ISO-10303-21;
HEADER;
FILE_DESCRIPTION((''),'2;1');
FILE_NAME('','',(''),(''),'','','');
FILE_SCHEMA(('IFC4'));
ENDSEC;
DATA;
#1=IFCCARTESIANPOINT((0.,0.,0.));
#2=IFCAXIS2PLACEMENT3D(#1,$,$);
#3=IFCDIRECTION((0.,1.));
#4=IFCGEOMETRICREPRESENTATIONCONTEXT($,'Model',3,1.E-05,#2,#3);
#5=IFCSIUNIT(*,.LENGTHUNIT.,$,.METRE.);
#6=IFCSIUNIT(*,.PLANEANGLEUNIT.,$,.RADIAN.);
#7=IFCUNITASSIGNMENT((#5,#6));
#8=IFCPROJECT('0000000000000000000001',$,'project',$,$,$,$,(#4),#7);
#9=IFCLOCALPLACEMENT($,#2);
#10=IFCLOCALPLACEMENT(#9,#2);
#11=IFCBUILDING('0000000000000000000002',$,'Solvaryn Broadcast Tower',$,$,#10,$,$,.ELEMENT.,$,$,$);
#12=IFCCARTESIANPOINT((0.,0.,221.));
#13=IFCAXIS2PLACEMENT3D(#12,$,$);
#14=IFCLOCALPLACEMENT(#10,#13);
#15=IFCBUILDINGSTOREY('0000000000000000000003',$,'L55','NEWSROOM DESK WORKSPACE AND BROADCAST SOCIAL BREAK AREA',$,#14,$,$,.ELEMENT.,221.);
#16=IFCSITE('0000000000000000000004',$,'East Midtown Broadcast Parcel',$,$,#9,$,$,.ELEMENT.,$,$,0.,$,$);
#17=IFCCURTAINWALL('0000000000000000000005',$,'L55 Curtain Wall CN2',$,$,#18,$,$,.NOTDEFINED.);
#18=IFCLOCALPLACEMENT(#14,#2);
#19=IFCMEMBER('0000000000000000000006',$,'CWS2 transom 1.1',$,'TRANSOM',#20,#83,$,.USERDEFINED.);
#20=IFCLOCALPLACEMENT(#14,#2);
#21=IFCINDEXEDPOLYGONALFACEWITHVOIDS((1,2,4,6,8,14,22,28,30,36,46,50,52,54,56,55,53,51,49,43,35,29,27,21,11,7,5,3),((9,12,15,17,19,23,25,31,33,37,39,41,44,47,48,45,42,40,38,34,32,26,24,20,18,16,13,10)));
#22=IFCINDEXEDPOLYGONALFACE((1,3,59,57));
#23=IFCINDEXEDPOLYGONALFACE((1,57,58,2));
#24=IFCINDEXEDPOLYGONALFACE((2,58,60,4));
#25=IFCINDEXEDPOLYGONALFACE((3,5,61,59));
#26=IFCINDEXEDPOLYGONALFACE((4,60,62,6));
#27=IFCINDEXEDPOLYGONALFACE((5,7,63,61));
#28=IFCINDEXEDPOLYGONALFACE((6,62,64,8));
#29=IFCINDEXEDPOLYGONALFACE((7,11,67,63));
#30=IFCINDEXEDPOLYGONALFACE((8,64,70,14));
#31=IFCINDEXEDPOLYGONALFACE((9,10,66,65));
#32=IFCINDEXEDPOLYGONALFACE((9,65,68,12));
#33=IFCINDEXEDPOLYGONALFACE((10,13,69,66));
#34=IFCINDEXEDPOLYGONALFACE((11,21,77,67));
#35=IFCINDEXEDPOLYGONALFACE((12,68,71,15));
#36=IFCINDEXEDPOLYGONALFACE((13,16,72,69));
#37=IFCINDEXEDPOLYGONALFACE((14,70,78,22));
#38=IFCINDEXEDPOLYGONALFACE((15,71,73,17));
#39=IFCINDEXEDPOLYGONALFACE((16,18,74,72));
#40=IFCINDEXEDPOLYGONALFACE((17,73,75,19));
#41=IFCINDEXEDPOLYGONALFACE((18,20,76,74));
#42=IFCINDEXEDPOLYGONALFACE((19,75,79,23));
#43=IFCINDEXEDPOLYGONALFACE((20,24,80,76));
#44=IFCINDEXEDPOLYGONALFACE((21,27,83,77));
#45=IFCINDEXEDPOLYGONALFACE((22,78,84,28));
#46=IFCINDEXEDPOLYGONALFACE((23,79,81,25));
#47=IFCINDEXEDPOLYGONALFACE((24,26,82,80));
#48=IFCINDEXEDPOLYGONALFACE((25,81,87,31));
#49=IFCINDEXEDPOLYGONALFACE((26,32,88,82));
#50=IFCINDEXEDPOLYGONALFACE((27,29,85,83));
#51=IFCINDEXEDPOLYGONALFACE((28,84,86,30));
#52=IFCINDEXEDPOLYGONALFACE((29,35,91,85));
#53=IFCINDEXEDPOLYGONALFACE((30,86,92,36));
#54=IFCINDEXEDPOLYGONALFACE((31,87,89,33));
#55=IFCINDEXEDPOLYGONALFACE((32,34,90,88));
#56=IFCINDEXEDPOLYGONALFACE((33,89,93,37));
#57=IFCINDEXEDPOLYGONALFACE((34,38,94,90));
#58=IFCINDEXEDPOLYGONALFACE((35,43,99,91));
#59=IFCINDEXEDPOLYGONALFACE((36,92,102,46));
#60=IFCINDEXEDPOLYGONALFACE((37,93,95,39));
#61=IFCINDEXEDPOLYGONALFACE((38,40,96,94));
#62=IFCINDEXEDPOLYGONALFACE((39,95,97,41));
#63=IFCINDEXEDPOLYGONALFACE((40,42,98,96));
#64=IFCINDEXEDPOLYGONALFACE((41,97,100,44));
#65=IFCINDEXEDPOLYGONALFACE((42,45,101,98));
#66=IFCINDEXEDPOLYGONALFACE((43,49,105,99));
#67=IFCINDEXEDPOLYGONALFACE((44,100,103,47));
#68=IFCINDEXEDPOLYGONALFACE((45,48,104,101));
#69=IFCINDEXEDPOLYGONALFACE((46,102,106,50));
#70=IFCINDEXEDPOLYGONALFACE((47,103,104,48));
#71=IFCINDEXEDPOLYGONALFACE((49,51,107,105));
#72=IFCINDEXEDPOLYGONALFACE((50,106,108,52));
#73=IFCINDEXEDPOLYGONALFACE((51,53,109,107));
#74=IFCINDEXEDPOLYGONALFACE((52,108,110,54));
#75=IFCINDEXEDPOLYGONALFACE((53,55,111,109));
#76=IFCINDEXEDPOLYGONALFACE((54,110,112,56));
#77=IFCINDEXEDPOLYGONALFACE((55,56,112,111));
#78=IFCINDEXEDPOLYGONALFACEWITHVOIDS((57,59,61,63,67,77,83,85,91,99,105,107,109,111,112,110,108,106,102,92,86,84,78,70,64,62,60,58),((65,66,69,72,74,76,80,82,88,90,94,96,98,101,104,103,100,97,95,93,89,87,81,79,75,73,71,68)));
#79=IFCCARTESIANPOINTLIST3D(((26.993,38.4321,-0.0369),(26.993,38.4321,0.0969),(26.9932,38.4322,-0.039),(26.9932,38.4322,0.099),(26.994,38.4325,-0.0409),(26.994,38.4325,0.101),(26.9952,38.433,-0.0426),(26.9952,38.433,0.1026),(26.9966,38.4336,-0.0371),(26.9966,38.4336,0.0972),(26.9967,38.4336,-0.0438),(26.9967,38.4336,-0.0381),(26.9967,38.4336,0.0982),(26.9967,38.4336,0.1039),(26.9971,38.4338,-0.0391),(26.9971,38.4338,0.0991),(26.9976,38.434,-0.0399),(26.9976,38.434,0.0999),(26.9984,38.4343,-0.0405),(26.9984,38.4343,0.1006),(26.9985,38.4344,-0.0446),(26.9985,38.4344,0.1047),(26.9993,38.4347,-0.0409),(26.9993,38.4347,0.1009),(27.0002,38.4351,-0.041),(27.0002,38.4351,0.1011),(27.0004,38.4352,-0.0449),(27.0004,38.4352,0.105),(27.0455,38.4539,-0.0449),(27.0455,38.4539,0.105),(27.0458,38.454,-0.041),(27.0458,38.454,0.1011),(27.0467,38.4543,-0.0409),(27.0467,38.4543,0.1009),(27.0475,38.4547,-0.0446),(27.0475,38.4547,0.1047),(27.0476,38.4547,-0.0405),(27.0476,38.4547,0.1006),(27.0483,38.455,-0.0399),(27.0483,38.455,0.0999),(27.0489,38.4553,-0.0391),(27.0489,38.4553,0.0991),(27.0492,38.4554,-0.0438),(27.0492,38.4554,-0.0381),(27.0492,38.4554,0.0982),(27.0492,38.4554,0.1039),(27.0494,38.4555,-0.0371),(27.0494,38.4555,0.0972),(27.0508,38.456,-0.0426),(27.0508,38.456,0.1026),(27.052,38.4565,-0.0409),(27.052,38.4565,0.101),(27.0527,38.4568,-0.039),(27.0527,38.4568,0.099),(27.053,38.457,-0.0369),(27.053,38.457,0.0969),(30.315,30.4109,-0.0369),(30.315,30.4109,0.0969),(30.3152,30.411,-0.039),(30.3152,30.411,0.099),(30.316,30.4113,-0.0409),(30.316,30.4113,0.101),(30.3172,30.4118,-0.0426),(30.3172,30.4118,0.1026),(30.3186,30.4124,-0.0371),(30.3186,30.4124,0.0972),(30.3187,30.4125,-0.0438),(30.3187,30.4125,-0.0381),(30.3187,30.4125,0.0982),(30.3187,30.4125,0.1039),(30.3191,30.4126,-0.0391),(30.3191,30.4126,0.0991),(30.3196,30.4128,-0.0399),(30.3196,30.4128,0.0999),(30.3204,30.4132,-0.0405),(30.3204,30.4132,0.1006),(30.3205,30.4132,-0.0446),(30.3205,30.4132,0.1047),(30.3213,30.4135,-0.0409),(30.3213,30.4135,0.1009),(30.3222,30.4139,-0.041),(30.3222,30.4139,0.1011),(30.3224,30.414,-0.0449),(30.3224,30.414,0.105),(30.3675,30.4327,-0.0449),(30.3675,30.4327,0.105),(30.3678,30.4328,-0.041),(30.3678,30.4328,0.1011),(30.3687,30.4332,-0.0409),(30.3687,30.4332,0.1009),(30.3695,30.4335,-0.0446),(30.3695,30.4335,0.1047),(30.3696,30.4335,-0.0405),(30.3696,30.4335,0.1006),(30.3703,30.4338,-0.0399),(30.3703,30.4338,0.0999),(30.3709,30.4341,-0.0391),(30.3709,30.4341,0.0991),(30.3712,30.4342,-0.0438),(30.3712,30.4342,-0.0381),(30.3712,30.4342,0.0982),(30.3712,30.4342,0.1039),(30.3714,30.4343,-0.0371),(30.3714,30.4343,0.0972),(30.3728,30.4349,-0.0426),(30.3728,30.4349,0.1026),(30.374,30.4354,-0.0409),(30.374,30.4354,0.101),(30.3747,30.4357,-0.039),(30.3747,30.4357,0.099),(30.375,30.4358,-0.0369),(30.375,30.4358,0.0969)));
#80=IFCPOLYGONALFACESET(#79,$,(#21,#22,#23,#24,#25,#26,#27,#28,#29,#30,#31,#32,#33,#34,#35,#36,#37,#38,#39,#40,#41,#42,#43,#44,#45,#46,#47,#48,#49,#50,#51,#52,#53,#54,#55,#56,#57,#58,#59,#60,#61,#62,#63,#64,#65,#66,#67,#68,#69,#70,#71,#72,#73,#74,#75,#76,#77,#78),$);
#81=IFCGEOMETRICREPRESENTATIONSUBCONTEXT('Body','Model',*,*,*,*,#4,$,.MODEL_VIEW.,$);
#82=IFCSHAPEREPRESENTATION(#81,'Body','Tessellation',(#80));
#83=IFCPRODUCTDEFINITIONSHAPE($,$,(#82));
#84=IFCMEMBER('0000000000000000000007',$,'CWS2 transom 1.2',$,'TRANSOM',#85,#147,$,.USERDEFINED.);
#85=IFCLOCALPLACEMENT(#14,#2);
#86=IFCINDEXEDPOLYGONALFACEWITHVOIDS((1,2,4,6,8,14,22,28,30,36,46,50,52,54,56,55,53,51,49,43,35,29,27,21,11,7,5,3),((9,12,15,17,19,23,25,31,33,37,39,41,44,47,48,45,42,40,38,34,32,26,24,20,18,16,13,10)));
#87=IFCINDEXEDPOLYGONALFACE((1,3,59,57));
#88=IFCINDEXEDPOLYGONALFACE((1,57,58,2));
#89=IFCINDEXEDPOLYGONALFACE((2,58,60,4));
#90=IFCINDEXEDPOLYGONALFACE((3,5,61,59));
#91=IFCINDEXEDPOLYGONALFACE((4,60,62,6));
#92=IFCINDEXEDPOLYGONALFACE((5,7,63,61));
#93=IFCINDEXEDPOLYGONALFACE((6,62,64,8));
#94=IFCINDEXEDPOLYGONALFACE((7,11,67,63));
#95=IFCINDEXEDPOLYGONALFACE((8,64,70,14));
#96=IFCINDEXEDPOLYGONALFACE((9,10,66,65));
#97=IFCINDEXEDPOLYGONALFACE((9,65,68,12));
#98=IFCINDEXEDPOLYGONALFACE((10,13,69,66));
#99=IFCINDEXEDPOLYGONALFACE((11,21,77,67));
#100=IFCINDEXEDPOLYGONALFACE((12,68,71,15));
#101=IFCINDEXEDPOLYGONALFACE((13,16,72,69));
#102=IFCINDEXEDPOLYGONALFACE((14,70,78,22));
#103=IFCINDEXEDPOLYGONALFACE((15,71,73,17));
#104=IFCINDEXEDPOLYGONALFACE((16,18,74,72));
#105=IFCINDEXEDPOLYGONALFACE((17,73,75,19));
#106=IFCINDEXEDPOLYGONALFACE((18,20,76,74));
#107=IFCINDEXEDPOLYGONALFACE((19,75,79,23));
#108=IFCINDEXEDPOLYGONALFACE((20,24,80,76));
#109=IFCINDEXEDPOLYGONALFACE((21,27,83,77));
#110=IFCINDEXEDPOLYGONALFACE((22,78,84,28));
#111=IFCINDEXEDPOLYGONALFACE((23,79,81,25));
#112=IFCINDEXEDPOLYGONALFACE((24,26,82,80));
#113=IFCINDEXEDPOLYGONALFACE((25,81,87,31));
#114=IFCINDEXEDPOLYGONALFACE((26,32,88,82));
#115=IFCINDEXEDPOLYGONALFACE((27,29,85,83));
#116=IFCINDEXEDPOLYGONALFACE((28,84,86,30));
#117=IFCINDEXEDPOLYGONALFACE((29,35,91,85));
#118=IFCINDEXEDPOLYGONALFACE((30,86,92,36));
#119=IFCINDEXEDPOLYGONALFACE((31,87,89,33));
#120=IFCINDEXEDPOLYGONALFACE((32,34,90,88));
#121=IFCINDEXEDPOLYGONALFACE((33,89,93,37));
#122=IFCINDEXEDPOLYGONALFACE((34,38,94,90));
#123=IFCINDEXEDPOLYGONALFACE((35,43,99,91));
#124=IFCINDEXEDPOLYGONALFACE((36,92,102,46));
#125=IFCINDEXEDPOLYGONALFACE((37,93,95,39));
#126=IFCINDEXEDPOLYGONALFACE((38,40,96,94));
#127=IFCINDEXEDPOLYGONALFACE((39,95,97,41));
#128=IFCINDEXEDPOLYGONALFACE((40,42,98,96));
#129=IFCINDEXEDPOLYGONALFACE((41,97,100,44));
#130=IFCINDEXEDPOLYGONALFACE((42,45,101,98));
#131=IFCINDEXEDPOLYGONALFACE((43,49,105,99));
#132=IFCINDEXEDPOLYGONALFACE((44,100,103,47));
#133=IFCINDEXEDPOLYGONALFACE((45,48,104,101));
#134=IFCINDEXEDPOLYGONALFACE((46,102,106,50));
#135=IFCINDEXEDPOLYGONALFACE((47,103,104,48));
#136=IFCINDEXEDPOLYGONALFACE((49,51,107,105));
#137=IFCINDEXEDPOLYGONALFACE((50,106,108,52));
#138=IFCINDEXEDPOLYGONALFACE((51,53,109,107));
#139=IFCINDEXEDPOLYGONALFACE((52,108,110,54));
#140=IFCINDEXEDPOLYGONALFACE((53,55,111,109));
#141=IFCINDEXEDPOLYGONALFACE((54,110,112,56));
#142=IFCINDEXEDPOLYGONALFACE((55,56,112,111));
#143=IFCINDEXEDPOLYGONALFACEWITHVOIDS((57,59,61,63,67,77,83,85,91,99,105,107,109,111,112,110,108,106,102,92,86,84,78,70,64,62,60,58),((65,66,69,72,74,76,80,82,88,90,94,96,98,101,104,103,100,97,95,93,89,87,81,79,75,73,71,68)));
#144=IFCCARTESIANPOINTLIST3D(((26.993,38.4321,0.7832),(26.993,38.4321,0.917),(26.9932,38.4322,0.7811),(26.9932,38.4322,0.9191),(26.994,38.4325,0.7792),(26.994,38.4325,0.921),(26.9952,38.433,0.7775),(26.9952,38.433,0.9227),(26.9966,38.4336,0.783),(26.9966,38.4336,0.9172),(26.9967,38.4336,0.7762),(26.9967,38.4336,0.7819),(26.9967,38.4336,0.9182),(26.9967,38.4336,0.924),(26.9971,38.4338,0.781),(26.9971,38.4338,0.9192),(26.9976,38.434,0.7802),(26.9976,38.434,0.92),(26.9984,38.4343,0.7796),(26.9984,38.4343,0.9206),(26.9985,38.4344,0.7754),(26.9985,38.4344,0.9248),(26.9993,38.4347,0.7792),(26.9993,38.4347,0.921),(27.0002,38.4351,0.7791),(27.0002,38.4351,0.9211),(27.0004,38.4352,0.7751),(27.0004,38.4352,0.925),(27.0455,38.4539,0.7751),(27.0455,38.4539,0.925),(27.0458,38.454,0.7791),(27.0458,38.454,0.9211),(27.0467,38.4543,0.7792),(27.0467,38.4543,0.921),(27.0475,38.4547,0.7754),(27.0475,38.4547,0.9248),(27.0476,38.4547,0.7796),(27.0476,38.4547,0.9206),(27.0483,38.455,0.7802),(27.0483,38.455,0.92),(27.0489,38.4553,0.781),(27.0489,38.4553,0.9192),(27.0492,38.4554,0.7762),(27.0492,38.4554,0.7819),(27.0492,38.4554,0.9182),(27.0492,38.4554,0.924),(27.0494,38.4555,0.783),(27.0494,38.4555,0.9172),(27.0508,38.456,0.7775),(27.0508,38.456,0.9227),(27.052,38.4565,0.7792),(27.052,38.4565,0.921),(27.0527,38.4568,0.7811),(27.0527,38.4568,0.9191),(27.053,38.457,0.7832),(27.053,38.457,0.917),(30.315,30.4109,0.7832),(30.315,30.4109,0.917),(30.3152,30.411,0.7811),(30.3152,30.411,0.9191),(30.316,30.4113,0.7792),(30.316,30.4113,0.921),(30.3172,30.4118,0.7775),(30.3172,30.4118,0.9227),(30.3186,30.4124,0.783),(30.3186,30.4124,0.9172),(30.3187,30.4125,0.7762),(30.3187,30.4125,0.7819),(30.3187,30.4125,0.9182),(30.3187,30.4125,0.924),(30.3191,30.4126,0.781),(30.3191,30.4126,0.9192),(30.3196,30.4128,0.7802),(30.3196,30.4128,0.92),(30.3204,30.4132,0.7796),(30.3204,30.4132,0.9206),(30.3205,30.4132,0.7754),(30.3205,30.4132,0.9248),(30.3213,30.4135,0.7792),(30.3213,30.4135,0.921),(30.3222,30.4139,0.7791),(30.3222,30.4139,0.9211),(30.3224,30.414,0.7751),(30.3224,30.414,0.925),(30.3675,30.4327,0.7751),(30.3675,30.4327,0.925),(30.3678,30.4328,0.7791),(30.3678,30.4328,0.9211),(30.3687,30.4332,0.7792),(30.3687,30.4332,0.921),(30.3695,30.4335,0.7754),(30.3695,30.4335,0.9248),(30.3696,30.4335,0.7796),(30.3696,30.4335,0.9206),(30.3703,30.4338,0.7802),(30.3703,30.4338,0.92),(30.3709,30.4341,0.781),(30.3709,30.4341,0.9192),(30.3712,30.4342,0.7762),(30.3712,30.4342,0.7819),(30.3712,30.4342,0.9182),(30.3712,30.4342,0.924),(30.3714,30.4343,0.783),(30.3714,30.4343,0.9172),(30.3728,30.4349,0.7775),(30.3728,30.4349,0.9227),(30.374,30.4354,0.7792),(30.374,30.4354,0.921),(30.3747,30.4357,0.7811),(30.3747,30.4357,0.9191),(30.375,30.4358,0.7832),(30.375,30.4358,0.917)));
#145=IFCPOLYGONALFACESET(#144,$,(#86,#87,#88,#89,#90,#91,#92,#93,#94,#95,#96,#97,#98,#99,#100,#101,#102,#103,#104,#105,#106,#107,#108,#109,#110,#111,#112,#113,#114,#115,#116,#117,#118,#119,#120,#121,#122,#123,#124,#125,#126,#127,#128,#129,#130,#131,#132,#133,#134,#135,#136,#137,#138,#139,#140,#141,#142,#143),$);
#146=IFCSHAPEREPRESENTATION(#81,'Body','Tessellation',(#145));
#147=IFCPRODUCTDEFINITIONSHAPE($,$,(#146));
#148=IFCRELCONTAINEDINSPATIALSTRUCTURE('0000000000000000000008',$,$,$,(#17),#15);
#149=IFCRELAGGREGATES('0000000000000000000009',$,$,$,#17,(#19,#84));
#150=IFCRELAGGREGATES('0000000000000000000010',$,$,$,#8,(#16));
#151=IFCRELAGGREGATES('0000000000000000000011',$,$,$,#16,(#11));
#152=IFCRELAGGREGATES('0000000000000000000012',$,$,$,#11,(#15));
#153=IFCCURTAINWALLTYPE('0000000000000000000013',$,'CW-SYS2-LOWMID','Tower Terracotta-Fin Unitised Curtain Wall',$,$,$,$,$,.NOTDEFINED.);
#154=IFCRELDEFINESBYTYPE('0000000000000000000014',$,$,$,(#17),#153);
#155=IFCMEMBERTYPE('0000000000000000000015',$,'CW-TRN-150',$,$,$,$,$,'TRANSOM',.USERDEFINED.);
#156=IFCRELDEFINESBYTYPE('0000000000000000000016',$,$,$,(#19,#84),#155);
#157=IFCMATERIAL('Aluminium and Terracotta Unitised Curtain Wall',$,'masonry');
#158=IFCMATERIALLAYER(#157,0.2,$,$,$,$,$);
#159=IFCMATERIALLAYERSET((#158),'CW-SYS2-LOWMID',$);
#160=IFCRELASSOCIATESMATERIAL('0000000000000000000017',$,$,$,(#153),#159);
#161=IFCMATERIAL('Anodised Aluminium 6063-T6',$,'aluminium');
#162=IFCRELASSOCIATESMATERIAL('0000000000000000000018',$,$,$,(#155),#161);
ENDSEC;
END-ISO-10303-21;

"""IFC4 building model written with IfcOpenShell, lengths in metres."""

from ifc_helpers import new_model, si_unit, direction, frame, origin, origin_2d, place, context, subcontext, project, spatial, hollow_rectangle, extrude, material, layer, layer_set, material_profile, profile_set, type_object, element, aggregate, save


model = new_model("IFC4")

# Units and contexts
model_context = context("Model", 3, precision=1e-05, world=origin(), true_north=direction((0.0, 1.0)))
body_context = subcontext(model_context, "Body", "Model", "MODEL_VIEW")
ifc_project = project(units=[si_unit("LENGTHUNIT", "METRE"), si_unit("PLANEANGLEUNIT", "RADIAN")], contexts=[model_context])

# Site, building, storey
site_placement = place(None, origin())
site = spatial("IfcSite", under=ifc_project, at=site_placement, Name="East Midtown Broadcast Parcel", CompositionType="ELEMENT", RefElevation=0.0)
building_placement = place(site_placement, origin())
building = spatial("IfcBuilding", under=site, at=building_placement, Name="Solvaryn Broadcast Tower", CompositionType="ELEMENT")
storey_placement = place(building_placement, frame((0.0, 0.0, 221.0)))
storey = spatial("IfcBuildingStorey", under=building, at=storey_placement, Name="L55", Description="NEWSROOM DESK WORKSPACE AND BROADCAST SOCIAL BREAK AREA", CompositionType="ELEMENT", Elevation=221.0)

# Shared definitions
ifc_material_1 = material(Name="Aluminium and Terracotta Unitised Curtain Wall", Category="masonry")
ifc_layer_1 = layer(ifc_material_1, 0.2)
ifc_layer_set_1 = layer_set([ifc_layer_1], Name="CW-SYS2-LOWMID")
curtain_wall_type = type_object("IfcCurtainWallType", Name="CW-SYS2-LOWMID", Description="Tower Terracotta-Fin Unitised Curtain Wall", PredefinedType="NOTDEFINED", material=ifc_layer_set_1)

# Curtain wall, members
curtain_wall_1_placement = place(storey_placement, origin())
curtain_wall_1 = element("IfcCurtainWall", 1, at=curtain_wall_1_placement, inside=storey, type_object=curtain_wall_type, Name="L55 Curtain Wall CN2", PredefinedType="NOTDEFINED")
ifc_material_2 = material(Name="Anodised Aluminium 6063-T6", Category="aluminium")
ifc_material_profile_1 = material_profile(ifc_material_2, hollow_rectangle(XDim=0.0649, YDim=0.1499, WallThickness=0.0039, InnerFilletRadius=0.0039, OuterFilletRadius=0.0081, at=origin_2d()))
ifc_profile_set_1 = profile_set([ifc_material_profile_1], Name="Anodised Aluminium 6063-T6")
member_type_1 = type_object("IfcMemberType", Name="CW-TRN-150", ElementType="TRANSOM", PredefinedType="USERDEFINED", material=ifc_profile_set_1)
member_1_placement = place(storey_placement, frame((30.345, 30.4233, 0.03), z_axis=(-0.382636, 0.923899, 0.0), x_axis=(-0.923899, -0.382636, 0.0)))
member_1 = element("IfcMember", 2, at=member_1_placement, type_object=member_type_1, Name="CWS2 transom 1.1", ObjectType="TRANSOM", PredefinedType="USERDEFINED", context=body_context, shape_type="SweptSolid", body=[
    extrude(hollow_rectangle(XDim=0.0649, YDim=0.1499, WallThickness=0.0039, InnerFilletRadius=0.0039, OuterFilletRadius=0.0081, at=origin_2d()), origin(), (0.0, 0.0, 1.0), 8.6819),
])
member_2_placement = place(storey_placement, frame((30.345, 30.4233, 0.8501), z_axis=(-0.382636, 0.923899, 0.0), x_axis=(-0.923899, -0.382636, 0.0)))
member_2 = element("IfcMember", 3, at=member_2_placement, type_object=member_type_1, Name="CWS2 transom 1.2", ObjectType="TRANSOM", PredefinedType="USERDEFINED", context=body_context, shape_type="SweptSolid", body=[
    extrude(hollow_rectangle(XDim=0.0649, YDim=0.1499, WallThickness=0.0039, InnerFilletRadius=0.0039, OuterFilletRadius=0.0081, at=origin_2d()), origin(), (0.0, 0.0, 1.0), 8.6819),
])

aggregate(curtain_wall_1, [member_1, member_2])

save(model, "model.ifc")
